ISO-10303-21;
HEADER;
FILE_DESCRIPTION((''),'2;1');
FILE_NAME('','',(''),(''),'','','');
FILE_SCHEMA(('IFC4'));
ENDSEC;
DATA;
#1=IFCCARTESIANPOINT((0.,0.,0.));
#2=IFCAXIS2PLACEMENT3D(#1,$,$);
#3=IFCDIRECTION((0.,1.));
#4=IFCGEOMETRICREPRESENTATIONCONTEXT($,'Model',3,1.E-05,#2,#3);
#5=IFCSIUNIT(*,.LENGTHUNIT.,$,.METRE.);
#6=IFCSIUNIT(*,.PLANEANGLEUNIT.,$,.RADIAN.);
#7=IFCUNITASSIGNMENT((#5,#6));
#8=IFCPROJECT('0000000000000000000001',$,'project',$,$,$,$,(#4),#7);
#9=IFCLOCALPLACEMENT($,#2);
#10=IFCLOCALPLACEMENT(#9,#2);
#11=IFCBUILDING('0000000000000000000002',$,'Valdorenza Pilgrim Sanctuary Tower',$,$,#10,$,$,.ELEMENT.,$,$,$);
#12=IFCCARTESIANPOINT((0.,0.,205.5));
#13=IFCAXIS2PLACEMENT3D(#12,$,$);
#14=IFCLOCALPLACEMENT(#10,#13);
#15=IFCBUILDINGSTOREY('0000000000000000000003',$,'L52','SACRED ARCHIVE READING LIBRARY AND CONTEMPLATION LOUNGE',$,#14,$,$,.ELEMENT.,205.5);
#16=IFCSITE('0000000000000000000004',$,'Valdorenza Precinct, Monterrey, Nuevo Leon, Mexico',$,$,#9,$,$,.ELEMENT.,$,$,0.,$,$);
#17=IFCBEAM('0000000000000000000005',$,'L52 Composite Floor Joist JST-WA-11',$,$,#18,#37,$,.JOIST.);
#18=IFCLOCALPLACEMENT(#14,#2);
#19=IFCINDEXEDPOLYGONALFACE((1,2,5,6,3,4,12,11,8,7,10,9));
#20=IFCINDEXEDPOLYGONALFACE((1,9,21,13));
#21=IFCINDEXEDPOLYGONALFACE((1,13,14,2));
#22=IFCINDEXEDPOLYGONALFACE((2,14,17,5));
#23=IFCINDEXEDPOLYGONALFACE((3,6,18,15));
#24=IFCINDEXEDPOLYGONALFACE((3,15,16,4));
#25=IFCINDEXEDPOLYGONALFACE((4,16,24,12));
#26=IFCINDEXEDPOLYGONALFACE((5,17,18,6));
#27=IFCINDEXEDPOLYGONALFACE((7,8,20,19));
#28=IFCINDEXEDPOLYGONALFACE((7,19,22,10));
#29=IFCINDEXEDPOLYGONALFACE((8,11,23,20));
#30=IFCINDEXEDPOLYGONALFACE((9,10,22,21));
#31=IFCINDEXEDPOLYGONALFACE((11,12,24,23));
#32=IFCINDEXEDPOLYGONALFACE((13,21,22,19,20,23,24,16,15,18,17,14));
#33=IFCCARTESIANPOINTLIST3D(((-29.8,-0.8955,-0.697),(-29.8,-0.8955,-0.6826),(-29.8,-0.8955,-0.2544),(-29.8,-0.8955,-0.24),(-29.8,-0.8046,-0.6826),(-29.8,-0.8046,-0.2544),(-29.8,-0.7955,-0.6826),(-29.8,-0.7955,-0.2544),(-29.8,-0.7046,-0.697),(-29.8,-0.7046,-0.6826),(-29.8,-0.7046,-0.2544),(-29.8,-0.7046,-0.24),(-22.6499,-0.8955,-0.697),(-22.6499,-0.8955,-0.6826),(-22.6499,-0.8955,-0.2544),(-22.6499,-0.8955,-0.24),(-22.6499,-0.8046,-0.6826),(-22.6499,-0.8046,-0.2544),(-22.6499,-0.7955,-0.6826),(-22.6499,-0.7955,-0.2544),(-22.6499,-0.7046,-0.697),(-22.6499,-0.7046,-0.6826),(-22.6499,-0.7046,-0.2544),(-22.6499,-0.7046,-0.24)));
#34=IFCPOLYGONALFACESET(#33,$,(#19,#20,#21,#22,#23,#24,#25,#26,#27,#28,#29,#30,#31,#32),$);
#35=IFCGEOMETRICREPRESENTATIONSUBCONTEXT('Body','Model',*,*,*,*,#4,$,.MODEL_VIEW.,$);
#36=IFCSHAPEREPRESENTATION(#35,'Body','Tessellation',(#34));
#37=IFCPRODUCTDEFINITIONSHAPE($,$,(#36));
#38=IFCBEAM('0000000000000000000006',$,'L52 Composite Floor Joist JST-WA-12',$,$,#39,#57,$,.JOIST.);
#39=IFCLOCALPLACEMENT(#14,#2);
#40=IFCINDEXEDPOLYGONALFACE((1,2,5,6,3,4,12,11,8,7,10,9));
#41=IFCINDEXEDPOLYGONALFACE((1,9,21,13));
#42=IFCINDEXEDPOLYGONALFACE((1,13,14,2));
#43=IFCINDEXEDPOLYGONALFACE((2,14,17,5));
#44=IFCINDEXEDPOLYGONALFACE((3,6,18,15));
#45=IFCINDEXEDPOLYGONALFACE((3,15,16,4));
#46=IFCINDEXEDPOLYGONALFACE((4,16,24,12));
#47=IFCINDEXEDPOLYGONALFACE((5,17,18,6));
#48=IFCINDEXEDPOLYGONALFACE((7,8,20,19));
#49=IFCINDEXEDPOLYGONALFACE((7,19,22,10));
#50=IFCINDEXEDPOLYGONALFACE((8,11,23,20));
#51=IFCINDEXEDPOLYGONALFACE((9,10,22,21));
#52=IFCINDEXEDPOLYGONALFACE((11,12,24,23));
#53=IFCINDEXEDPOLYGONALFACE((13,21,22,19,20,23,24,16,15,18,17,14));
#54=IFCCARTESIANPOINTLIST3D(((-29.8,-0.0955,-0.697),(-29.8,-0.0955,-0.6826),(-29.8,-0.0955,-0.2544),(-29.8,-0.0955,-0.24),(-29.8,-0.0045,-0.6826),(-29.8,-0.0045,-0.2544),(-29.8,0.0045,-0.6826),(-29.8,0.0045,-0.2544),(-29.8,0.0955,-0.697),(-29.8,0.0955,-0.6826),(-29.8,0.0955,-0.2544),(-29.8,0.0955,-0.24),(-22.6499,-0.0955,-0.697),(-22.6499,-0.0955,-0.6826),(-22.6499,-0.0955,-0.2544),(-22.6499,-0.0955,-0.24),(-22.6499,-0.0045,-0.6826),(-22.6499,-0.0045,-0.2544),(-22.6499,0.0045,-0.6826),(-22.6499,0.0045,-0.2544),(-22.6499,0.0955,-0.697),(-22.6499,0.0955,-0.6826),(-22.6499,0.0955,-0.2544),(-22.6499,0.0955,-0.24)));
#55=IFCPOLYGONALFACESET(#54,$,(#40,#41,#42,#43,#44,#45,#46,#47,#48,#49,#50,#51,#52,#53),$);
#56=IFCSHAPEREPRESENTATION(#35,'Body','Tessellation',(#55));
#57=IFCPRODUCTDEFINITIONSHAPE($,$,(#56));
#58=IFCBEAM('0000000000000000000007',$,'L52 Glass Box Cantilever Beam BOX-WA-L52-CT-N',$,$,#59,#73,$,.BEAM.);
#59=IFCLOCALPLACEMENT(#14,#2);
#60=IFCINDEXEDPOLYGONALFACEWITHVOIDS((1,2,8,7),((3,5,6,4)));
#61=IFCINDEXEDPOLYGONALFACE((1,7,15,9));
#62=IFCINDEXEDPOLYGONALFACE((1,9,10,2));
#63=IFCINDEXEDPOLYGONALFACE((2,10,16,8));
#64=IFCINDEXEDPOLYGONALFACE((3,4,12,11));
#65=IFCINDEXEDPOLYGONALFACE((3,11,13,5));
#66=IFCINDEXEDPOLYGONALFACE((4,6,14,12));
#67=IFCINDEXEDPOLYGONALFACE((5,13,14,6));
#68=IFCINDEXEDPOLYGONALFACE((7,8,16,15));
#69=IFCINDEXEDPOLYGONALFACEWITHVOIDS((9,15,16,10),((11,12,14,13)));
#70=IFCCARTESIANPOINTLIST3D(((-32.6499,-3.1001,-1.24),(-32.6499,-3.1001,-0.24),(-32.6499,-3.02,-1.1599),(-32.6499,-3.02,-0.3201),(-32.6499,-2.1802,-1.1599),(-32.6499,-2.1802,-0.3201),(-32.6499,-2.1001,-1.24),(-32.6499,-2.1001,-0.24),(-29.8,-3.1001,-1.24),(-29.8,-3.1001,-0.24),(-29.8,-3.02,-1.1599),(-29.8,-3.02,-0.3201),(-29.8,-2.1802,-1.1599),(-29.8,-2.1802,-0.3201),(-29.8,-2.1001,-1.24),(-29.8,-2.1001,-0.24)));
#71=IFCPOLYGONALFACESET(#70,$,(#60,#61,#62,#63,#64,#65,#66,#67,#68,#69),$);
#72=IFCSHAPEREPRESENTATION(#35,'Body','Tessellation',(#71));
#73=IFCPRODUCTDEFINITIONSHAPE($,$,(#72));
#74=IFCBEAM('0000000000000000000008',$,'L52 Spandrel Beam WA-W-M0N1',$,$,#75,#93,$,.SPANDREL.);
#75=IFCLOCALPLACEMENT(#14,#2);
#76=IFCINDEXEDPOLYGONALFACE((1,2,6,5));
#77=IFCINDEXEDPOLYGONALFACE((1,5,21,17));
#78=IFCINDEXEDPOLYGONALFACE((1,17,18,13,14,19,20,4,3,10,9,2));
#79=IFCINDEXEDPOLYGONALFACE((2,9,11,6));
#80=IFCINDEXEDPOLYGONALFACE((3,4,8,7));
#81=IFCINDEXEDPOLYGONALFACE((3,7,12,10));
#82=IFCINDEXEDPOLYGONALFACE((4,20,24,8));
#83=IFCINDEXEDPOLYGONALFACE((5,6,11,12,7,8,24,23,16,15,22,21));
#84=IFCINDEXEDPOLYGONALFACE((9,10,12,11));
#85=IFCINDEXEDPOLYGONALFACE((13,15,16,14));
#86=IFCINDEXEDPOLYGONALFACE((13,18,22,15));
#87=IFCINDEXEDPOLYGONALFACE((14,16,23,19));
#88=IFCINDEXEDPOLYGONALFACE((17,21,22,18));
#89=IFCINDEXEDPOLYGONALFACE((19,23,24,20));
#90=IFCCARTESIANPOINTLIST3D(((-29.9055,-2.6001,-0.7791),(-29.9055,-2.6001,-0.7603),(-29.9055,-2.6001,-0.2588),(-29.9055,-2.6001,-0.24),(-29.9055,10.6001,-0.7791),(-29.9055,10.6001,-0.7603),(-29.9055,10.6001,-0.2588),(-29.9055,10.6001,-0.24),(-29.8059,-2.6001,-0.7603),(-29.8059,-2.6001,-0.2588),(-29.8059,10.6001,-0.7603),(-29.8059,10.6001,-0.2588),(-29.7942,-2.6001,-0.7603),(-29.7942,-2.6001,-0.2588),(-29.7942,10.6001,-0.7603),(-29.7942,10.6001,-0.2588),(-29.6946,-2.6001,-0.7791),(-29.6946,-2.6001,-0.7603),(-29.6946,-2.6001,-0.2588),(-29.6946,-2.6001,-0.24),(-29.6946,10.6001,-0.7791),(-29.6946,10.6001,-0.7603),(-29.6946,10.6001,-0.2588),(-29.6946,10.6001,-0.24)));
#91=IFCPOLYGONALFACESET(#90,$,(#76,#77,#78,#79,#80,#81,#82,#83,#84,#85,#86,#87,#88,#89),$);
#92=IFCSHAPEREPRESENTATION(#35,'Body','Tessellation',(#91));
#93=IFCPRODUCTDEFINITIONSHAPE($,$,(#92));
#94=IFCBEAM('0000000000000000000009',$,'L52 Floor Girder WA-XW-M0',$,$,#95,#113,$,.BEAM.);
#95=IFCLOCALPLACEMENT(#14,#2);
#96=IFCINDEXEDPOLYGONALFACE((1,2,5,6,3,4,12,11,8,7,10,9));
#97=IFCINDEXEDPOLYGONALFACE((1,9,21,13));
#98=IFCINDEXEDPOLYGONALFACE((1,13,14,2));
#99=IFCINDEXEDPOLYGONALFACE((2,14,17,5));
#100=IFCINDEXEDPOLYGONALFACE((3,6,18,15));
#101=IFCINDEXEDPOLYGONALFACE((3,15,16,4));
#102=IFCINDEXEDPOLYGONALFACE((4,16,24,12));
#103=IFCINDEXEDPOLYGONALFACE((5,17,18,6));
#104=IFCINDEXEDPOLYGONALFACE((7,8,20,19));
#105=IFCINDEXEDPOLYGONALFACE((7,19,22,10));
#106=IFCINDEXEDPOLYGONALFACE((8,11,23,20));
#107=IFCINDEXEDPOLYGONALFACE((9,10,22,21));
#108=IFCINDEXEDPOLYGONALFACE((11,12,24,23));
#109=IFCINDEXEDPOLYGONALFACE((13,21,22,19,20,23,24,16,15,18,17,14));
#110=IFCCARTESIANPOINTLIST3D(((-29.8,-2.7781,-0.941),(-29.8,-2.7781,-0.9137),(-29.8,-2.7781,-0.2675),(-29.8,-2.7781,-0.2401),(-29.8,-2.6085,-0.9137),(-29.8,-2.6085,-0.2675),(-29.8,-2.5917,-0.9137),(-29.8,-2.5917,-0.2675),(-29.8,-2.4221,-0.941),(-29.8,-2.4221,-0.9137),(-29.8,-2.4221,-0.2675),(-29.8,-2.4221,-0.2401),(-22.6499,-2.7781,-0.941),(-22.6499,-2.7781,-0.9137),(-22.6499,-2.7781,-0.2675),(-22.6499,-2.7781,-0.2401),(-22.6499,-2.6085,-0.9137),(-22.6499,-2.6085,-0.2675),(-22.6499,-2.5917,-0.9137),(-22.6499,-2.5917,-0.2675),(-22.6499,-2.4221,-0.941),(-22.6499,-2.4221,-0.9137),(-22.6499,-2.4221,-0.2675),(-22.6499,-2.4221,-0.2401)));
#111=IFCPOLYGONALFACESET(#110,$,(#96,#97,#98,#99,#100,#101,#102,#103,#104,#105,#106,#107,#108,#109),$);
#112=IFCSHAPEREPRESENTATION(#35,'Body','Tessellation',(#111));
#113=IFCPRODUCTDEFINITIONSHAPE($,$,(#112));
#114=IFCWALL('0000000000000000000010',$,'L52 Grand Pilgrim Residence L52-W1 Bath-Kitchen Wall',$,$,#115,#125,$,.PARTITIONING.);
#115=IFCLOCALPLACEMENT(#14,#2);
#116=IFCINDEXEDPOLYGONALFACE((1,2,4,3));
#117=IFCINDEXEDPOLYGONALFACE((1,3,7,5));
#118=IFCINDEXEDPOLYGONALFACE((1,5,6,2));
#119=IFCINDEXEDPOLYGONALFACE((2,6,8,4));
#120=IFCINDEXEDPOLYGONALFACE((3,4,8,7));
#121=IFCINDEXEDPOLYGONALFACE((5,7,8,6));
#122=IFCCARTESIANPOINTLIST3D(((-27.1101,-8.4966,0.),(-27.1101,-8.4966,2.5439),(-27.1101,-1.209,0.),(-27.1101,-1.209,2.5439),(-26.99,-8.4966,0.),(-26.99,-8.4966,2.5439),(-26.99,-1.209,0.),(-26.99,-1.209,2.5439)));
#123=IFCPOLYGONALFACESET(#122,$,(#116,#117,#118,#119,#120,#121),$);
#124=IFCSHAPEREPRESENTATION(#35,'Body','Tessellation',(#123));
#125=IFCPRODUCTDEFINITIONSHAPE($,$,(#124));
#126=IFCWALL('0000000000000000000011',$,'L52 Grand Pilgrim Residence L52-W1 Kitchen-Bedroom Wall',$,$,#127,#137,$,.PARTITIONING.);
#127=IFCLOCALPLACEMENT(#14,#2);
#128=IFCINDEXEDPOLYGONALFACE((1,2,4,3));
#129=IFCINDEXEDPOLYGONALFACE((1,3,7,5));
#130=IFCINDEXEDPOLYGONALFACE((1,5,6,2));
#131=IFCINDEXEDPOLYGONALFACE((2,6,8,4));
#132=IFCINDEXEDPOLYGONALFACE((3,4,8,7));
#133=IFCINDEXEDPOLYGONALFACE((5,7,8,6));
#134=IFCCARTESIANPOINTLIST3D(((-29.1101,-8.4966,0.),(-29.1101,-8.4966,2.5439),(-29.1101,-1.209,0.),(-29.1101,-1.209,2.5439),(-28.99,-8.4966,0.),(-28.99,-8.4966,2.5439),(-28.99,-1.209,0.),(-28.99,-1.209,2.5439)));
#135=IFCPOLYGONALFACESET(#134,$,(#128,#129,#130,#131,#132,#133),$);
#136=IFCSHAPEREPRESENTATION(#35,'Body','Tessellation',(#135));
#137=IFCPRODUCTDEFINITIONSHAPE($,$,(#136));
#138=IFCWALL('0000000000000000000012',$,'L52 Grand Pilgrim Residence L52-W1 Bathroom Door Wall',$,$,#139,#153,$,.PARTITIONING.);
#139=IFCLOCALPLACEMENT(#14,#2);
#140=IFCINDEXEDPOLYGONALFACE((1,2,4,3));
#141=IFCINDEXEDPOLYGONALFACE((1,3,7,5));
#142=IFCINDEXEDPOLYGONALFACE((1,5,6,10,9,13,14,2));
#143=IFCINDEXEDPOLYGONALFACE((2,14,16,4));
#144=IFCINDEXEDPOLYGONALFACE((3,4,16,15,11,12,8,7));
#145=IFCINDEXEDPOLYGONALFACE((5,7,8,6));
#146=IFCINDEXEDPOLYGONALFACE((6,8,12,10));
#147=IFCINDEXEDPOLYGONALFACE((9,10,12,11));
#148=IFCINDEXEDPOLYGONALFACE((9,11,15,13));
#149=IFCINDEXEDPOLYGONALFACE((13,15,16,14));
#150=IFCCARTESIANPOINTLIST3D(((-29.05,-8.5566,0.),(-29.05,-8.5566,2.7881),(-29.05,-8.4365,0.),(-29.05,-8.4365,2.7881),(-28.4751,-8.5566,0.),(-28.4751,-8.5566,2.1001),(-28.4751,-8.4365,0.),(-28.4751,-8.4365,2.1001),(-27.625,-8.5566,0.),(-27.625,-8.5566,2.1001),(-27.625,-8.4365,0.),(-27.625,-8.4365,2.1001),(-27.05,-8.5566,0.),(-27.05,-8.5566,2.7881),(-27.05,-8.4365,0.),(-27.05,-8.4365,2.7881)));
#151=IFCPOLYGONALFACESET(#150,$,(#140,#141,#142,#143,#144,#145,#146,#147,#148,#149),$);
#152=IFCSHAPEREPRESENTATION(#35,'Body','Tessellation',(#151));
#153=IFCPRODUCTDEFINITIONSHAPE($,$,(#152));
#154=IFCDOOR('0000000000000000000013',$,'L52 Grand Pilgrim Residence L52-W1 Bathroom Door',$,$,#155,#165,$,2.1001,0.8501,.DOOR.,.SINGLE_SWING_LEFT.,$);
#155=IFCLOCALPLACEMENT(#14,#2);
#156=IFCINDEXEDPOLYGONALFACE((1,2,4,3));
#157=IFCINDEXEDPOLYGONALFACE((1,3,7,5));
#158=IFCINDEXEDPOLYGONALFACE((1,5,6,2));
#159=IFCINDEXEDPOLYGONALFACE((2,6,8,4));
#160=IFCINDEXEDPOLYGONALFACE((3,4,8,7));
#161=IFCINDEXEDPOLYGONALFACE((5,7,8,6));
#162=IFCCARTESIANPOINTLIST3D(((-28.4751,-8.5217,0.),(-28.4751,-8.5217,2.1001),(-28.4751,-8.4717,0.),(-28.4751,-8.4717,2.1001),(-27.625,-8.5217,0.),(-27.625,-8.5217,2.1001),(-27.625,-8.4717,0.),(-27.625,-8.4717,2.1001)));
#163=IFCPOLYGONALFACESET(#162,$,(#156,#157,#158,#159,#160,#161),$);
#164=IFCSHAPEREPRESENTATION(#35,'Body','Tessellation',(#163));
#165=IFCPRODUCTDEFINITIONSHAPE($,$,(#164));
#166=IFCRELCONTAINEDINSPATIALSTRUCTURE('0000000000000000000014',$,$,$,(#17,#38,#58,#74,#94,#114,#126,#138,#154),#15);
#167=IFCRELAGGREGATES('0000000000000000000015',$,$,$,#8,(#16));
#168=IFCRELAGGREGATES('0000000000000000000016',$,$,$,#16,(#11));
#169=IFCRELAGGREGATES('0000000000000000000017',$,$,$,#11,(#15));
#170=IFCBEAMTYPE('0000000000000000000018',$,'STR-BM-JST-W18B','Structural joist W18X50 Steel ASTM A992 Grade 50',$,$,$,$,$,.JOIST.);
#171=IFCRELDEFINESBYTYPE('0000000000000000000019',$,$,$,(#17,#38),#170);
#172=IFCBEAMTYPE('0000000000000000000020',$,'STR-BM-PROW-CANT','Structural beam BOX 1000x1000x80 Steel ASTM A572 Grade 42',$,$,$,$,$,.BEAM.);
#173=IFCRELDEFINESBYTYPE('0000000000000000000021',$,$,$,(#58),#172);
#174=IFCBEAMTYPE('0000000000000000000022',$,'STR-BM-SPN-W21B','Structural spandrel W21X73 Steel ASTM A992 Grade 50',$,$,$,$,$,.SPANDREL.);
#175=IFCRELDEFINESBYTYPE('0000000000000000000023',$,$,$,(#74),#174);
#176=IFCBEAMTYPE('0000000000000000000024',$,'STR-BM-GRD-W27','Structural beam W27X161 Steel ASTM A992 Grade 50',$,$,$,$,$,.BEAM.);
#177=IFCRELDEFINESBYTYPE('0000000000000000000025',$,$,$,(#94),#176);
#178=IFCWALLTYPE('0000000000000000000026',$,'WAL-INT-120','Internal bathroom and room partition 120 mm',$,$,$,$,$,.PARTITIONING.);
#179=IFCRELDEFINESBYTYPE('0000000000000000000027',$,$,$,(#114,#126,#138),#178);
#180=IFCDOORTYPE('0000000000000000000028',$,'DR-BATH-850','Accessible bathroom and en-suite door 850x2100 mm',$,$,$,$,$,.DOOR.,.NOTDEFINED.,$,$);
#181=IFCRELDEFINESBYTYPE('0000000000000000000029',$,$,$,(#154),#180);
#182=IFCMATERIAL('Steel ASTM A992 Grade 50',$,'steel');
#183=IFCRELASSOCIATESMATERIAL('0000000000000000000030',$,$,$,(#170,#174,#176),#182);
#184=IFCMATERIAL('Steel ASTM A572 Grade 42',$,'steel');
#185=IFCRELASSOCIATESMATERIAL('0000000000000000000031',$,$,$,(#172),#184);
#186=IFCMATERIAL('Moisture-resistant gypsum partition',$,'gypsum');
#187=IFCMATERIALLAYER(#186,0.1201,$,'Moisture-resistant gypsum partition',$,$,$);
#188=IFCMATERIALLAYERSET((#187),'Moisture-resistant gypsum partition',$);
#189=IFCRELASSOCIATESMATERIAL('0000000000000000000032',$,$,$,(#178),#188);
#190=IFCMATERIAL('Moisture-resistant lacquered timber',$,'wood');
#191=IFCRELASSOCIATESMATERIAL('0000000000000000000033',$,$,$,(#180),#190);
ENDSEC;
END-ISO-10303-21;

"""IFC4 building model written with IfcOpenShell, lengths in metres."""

from ifc_helpers import new_model, si_unit, direction, frame, frame_2d, origin, origin_2d, place, context, subcontext, project, spatial, rectangle, hollow_rectangle, i_section, extrude, source, transform, mapped, material, layer, layer_set, material_profile, profile_set, type_object, element, fill, save


model = new_model("IFC4")

# Units and contexts
model_context = context("Model", 3, precision=1e-05, world=origin(), true_north=direction((0.0, 1.0)))
body_context = subcontext(model_context, "Body", "Model", "MODEL_VIEW")
ifc_project = project(units=[si_unit("LENGTHUNIT", "METRE"), si_unit("PLANEANGLEUNIT", "RADIAN")], contexts=[model_context])

# Site, building, storey
site_placement = place(None, origin())
site = spatial("IfcSite", under=ifc_project, at=site_placement, Name="Valdorenza Precinct, Monterrey, Nuevo Leon, Mexico", CompositionType="ELEMENT", RefElevation=0.0)
building_placement = place(site_placement, origin())
building = spatial("IfcBuilding", under=site, at=building_placement, Name="Valdorenza Pilgrim Sanctuary Tower", CompositionType="ELEMENT")
storey_placement = place(building_placement, frame((0.0, 0.0, 205.5)))
storey = spatial("IfcBuildingStorey", under=building, at=storey_placement, Name="L52", Description="SACRED ARCHIVE READING LIBRARY AND CONTEMPLATION LOUNGE", CompositionType="ELEMENT", Elevation=205.5)

# Beams
ifc_material_1 = material(Name="Steel ASTM A992 Grade 50", Category="steel")
ifc_material_profile_1 = material_profile(ifc_material_1, i_section(OverallWidth=0.1909, OverallDepth=0.457, WebThickness=0.009, FlangeThickness=0.0144, at=origin_2d()), Name="W18X50")
ifc_profile_set_1 = profile_set([ifc_material_profile_1], Name="Steel ASTM A992 Grade 50")
beam_type_1 = type_object("IfcBeamType", Name="STR-BM-JST-W18B", Description="Structural joist W18X50 Steel ASTM A992 Grade 50", PredefinedType="JOIST", material=ifc_profile_set_1)
shared_shape_1 = source(origin(), body_context, "Body", "SweptSolid", [
    extrude(i_section(OverallWidth=0.1909, OverallDepth=0.457, WebThickness=0.009, FlangeThickness=0.0144, at=origin_2d()), origin(), (0.0, 0.0, 1.0), 7.1501),
])
for number, where, z_axis, x_axis, name in (
    (1, (-29.8, -0.8, -0.4685), (1.0, 0.0, 0.0), (0.0, 1.0, 0.0), "L52 Composite Floor Joist JST-WA-11"),
    (2, (-29.8, 0.0, -0.4685), (1.0, 0.0, 0.0), (0.0, 1.0, 0.0), "L52 Composite Floor Joist JST-WA-12"),
):
    element("IfcBeam", number, at=place(storey_placement, frame(where, z_axis=z_axis, x_axis=x_axis)), inside=storey, type_object=beam_type_1, Name=name, PredefinedType="JOIST", context=body_context, shape_type="MappedRepresentation", body=[
        mapped(shared_shape_1, transform((0.0, 0.0, 0.0), x_axis=(1.0, 0.0, 0.0), y_axis=(0.0, 1.0, 0.0), z_axis=(0.0, 0.0, 1.0), scale=1.0)),
    ])
ifc_material_2 = material(Name="Steel ASTM A572 Grade 42", Category="steel")
ifc_material_profile_2 = material_profile(ifc_material_2, hollow_rectangle(XDim=1.0, YDim=1.0, WallThickness=0.0801, at=origin_2d()), Name="BOX 1000x1000x80")
ifc_profile_set_2 = profile_set([ifc_material_profile_2], Name="Steel ASTM A572 Grade 42")
beam_type_2 = type_object("IfcBeamType", Name="STR-BM-PROW-CANT", Description="Structural beam BOX 1000x1000x80 Steel ASTM A572 Grade 42", PredefinedType="BEAM", material=ifc_profile_set_2)
shared_shape_2 = source(origin(), body_context, "Body", "SweptSolid", [
    extrude(hollow_rectangle(XDim=1.0, YDim=1.0, WallThickness=0.0801, at=origin_2d()), origin(), (0.0, 0.0, 1.0), 2.8499),
])
beam_1_placement = place(storey_placement, frame((-29.8, -2.6001, -0.74), z_axis=(-1.0, 0.0, 0.0), x_axis=(0.0, -1.0, 0.0)))
element("IfcBeam", 3, at=beam_1_placement, inside=storey, type_object=beam_type_2, Name="L52 Glass Box Cantilever Beam BOX-WA-L52-CT-N", PredefinedType="BEAM", context=body_context, shape_type="MappedRepresentation", body=[
    mapped(shared_shape_2, transform((0.0, 0.0, 0.0), x_axis=(1.0, 0.0, 0.0), y_axis=(0.0, 1.0, 0.0), z_axis=(0.0, 0.0, 1.0), scale=1.0)),
])
ifc_material_profile_3 = material_profile(ifc_material_1, i_section(OverallWidth=0.2109, OverallDepth=0.5391, WebThickness=0.0117, FlangeThickness=0.0188, at=origin_2d()), Name="W21X73")
ifc_profile_set_3 = profile_set([ifc_material_profile_3], Name="Steel ASTM A992 Grade 50")
beam_type_3 = type_object("IfcBeamType", Name="STR-BM-SPN-W21B", Description="Structural spandrel W21X73 Steel ASTM A992 Grade 50", PredefinedType="SPANDREL", material=ifc_profile_set_3)
shared_shape_3 = source(origin(), body_context, "Body", "SweptSolid", [
    extrude(i_section(OverallWidth=0.2109, OverallDepth=0.5391, WebThickness=0.0117, FlangeThickness=0.0188, at=origin_2d()), origin(), (0.0, 0.0, 1.0), 13.2002),
])
beam_2_placement = place(storey_placement, frame((-29.8, -2.6001, -0.5095), z_axis=(0.0, 1.0, 0.0), x_axis=(-1.0, 0.0, 0.0)))
element("IfcBeam", 4, at=beam_2_placement, inside=storey, type_object=beam_type_3, Name="L52 Spandrel Beam WA-W-M0N1", PredefinedType="SPANDREL", context=body_context, shape_type="MappedRepresentation", body=[
    mapped(shared_shape_3, transform((0.0, 0.0, 0.0), x_axis=(1.0, 0.0, 0.0), y_axis=(0.0, 1.0, 0.0), z_axis=(0.0, 0.0, 1.0), scale=1.0)),
])
ifc_material_profile_4 = material_profile(ifc_material_1, i_section(OverallWidth=0.356, OverallDepth=0.7009, WebThickness=0.0168, FlangeThickness=0.0273, at=origin_2d()), Name="W27X161")
ifc_profile_set_4 = profile_set([ifc_material_profile_4], Name="Steel ASTM A992 Grade 50")
beam_type_4 = type_object("IfcBeamType", Name="STR-BM-GRD-W27", Description="Structural beam W27X161 Steel ASTM A992 Grade 50", PredefinedType="BEAM", material=ifc_profile_set_4)
shared_shape_4 = source(origin(), body_context, "Body", "SweptSolid", [
    extrude(i_section(OverallWidth=0.356, OverallDepth=0.7009, WebThickness=0.0168, FlangeThickness=0.0273, at=origin_2d()), origin(), (0.0, 0.0, 1.0), 7.1501),
])
beam_3_placement = place(storey_placement, frame((-29.8, -2.6001, -0.5906), z_axis=(1.0, 0.0, 0.0), x_axis=(0.0, 1.0, 0.0)))
element("IfcBeam", 5, at=beam_3_placement, inside=storey, type_object=beam_type_4, Name="L52 Floor Girder WA-XW-M0", PredefinedType="BEAM", context=body_context, shape_type="MappedRepresentation", body=[
    mapped(shared_shape_4, transform((0.0, 0.0, 0.0), x_axis=(1.0, 0.0, 0.0), y_axis=(0.0, 1.0, 0.0), z_axis=(0.0, 0.0, 1.0), scale=1.0)),
])

# Walls
ifc_material_3 = material(Name="Moisture-resistant gypsum partition", Category="gypsum")
ifc_layer = layer(ifc_material_3, 0.1201, Name="Moisture-resistant gypsum partition")
ifc_layer_set = layer_set([ifc_layer], Name="Moisture-resistant gypsum partition")
wall_type = type_object("IfcWallType", Name="WAL-INT-120", Description="Internal bathroom and room partition 120 mm", PredefinedType="PARTITIONING", material=ifc_layer_set)
for number, where, z_axis, x_axis, name in (
    (6, (-27.05, -8.4966, 0.0), (0.0, 0.0, 1.0), (0.0, 1.0, 0.0), "L52 Grand Pilgrim Residence L52-W1 Bath-Kitchen Wall"),
    (7, (-29.05, -8.4966, 0.0), (0.0, 0.0, 1.0), (0.0, 1.0, 0.0), "L52 Grand Pilgrim Residence L52-W1 Kitchen-Bedroom Wall"),
):
    element("IfcWall", number, at=place(storey_placement, frame(where, z_axis=z_axis, x_axis=x_axis)), inside=storey, type_object=wall_type, Name=name, PredefinedType="PARTITIONING", context=body_context, shape_type="SweptSolid", body=[
        extrude(rectangle(XDim=7.2876, YDim=0.1201, at=frame_2d((3.6438, 0.0))), origin(), (0.0, 0.0, 1.0), 2.5439),
    ])

# Wall, opening, door
wall_1_placement = place(storey_placement, frame((-29.05, -8.4966, 0.0), z_axis=(0.0, 0.0, 1.0), x_axis=(1.0, 0.0, 0.0)))
wall_1 = element("IfcWall", 8, at=wall_1_placement, inside=storey, type_object=wall_type, Name="L52 Grand Pilgrim Residence L52-W1 Bathroom Door Wall", PredefinedType="PARTITIONING", context=body_context, shape_type="SweptSolid", body=[
    extrude(rectangle(XDim=2.0, YDim=0.1201, at=frame_2d((1.0, 0.0))), origin(), (0.0, 0.0, 1.0), 2.7881),
])
opening_1_placement = place(wall_1_placement, frame((0.575, 0.0, 0.0)))
opening_1 = element("IfcOpeningElement", 9, at=opening_1_placement, cuts=wall_1, PredefinedType="OPENING", context=body_context, shape_type="SweptSolid", body=[
    extrude(rectangle(XDim=0.8501, YDim=2.1001, at=frame_2d((0.425, 1.05))), frame((0.0, 0.075, 0.0), z_axis=(0.0, -1.0, 0.0), x_axis=(1.0, 0.0, 0.0)), (0.0, 0.0, 1.0), 0.1499),
])
ifc_material_4 = material(Name="Moisture-resistant lacquered timber", Category="wood")
door_type_1 = type_object("IfcDoorType", Name="DR-BATH-850", Description="Accessible bathroom and en-suite door 850x2100 mm", OperationType="NOTDEFINED", PredefinedType="DOOR", material=ifc_material_4)
door_1_placement = place(opening_1_placement, origin())
door_1 = element("IfcDoor", 10, at=door_1_placement, inside=storey, type_object=door_type_1, Name="L52 Grand Pilgrim Residence L52-W1 Bathroom Door", OperationType="SINGLE_SWING_LEFT", OverallHeight=2.1001, OverallWidth=0.8501, PredefinedType="DOOR", context=body_context, shape_type="SweptSolid", body=[
    extrude(rectangle(XDim=0.8501, YDim=2.1001, at=frame_2d((0.425, 1.05))), frame((0.0, 0.0249, 0.0), z_axis=(0.0, -1.0, 0.0), x_axis=(1.0, 0.0, 0.0)), (0.0, 0.0, 1.0), 0.05),
])
fill(opening_1, door_1)

save(model, "model.ifc")
